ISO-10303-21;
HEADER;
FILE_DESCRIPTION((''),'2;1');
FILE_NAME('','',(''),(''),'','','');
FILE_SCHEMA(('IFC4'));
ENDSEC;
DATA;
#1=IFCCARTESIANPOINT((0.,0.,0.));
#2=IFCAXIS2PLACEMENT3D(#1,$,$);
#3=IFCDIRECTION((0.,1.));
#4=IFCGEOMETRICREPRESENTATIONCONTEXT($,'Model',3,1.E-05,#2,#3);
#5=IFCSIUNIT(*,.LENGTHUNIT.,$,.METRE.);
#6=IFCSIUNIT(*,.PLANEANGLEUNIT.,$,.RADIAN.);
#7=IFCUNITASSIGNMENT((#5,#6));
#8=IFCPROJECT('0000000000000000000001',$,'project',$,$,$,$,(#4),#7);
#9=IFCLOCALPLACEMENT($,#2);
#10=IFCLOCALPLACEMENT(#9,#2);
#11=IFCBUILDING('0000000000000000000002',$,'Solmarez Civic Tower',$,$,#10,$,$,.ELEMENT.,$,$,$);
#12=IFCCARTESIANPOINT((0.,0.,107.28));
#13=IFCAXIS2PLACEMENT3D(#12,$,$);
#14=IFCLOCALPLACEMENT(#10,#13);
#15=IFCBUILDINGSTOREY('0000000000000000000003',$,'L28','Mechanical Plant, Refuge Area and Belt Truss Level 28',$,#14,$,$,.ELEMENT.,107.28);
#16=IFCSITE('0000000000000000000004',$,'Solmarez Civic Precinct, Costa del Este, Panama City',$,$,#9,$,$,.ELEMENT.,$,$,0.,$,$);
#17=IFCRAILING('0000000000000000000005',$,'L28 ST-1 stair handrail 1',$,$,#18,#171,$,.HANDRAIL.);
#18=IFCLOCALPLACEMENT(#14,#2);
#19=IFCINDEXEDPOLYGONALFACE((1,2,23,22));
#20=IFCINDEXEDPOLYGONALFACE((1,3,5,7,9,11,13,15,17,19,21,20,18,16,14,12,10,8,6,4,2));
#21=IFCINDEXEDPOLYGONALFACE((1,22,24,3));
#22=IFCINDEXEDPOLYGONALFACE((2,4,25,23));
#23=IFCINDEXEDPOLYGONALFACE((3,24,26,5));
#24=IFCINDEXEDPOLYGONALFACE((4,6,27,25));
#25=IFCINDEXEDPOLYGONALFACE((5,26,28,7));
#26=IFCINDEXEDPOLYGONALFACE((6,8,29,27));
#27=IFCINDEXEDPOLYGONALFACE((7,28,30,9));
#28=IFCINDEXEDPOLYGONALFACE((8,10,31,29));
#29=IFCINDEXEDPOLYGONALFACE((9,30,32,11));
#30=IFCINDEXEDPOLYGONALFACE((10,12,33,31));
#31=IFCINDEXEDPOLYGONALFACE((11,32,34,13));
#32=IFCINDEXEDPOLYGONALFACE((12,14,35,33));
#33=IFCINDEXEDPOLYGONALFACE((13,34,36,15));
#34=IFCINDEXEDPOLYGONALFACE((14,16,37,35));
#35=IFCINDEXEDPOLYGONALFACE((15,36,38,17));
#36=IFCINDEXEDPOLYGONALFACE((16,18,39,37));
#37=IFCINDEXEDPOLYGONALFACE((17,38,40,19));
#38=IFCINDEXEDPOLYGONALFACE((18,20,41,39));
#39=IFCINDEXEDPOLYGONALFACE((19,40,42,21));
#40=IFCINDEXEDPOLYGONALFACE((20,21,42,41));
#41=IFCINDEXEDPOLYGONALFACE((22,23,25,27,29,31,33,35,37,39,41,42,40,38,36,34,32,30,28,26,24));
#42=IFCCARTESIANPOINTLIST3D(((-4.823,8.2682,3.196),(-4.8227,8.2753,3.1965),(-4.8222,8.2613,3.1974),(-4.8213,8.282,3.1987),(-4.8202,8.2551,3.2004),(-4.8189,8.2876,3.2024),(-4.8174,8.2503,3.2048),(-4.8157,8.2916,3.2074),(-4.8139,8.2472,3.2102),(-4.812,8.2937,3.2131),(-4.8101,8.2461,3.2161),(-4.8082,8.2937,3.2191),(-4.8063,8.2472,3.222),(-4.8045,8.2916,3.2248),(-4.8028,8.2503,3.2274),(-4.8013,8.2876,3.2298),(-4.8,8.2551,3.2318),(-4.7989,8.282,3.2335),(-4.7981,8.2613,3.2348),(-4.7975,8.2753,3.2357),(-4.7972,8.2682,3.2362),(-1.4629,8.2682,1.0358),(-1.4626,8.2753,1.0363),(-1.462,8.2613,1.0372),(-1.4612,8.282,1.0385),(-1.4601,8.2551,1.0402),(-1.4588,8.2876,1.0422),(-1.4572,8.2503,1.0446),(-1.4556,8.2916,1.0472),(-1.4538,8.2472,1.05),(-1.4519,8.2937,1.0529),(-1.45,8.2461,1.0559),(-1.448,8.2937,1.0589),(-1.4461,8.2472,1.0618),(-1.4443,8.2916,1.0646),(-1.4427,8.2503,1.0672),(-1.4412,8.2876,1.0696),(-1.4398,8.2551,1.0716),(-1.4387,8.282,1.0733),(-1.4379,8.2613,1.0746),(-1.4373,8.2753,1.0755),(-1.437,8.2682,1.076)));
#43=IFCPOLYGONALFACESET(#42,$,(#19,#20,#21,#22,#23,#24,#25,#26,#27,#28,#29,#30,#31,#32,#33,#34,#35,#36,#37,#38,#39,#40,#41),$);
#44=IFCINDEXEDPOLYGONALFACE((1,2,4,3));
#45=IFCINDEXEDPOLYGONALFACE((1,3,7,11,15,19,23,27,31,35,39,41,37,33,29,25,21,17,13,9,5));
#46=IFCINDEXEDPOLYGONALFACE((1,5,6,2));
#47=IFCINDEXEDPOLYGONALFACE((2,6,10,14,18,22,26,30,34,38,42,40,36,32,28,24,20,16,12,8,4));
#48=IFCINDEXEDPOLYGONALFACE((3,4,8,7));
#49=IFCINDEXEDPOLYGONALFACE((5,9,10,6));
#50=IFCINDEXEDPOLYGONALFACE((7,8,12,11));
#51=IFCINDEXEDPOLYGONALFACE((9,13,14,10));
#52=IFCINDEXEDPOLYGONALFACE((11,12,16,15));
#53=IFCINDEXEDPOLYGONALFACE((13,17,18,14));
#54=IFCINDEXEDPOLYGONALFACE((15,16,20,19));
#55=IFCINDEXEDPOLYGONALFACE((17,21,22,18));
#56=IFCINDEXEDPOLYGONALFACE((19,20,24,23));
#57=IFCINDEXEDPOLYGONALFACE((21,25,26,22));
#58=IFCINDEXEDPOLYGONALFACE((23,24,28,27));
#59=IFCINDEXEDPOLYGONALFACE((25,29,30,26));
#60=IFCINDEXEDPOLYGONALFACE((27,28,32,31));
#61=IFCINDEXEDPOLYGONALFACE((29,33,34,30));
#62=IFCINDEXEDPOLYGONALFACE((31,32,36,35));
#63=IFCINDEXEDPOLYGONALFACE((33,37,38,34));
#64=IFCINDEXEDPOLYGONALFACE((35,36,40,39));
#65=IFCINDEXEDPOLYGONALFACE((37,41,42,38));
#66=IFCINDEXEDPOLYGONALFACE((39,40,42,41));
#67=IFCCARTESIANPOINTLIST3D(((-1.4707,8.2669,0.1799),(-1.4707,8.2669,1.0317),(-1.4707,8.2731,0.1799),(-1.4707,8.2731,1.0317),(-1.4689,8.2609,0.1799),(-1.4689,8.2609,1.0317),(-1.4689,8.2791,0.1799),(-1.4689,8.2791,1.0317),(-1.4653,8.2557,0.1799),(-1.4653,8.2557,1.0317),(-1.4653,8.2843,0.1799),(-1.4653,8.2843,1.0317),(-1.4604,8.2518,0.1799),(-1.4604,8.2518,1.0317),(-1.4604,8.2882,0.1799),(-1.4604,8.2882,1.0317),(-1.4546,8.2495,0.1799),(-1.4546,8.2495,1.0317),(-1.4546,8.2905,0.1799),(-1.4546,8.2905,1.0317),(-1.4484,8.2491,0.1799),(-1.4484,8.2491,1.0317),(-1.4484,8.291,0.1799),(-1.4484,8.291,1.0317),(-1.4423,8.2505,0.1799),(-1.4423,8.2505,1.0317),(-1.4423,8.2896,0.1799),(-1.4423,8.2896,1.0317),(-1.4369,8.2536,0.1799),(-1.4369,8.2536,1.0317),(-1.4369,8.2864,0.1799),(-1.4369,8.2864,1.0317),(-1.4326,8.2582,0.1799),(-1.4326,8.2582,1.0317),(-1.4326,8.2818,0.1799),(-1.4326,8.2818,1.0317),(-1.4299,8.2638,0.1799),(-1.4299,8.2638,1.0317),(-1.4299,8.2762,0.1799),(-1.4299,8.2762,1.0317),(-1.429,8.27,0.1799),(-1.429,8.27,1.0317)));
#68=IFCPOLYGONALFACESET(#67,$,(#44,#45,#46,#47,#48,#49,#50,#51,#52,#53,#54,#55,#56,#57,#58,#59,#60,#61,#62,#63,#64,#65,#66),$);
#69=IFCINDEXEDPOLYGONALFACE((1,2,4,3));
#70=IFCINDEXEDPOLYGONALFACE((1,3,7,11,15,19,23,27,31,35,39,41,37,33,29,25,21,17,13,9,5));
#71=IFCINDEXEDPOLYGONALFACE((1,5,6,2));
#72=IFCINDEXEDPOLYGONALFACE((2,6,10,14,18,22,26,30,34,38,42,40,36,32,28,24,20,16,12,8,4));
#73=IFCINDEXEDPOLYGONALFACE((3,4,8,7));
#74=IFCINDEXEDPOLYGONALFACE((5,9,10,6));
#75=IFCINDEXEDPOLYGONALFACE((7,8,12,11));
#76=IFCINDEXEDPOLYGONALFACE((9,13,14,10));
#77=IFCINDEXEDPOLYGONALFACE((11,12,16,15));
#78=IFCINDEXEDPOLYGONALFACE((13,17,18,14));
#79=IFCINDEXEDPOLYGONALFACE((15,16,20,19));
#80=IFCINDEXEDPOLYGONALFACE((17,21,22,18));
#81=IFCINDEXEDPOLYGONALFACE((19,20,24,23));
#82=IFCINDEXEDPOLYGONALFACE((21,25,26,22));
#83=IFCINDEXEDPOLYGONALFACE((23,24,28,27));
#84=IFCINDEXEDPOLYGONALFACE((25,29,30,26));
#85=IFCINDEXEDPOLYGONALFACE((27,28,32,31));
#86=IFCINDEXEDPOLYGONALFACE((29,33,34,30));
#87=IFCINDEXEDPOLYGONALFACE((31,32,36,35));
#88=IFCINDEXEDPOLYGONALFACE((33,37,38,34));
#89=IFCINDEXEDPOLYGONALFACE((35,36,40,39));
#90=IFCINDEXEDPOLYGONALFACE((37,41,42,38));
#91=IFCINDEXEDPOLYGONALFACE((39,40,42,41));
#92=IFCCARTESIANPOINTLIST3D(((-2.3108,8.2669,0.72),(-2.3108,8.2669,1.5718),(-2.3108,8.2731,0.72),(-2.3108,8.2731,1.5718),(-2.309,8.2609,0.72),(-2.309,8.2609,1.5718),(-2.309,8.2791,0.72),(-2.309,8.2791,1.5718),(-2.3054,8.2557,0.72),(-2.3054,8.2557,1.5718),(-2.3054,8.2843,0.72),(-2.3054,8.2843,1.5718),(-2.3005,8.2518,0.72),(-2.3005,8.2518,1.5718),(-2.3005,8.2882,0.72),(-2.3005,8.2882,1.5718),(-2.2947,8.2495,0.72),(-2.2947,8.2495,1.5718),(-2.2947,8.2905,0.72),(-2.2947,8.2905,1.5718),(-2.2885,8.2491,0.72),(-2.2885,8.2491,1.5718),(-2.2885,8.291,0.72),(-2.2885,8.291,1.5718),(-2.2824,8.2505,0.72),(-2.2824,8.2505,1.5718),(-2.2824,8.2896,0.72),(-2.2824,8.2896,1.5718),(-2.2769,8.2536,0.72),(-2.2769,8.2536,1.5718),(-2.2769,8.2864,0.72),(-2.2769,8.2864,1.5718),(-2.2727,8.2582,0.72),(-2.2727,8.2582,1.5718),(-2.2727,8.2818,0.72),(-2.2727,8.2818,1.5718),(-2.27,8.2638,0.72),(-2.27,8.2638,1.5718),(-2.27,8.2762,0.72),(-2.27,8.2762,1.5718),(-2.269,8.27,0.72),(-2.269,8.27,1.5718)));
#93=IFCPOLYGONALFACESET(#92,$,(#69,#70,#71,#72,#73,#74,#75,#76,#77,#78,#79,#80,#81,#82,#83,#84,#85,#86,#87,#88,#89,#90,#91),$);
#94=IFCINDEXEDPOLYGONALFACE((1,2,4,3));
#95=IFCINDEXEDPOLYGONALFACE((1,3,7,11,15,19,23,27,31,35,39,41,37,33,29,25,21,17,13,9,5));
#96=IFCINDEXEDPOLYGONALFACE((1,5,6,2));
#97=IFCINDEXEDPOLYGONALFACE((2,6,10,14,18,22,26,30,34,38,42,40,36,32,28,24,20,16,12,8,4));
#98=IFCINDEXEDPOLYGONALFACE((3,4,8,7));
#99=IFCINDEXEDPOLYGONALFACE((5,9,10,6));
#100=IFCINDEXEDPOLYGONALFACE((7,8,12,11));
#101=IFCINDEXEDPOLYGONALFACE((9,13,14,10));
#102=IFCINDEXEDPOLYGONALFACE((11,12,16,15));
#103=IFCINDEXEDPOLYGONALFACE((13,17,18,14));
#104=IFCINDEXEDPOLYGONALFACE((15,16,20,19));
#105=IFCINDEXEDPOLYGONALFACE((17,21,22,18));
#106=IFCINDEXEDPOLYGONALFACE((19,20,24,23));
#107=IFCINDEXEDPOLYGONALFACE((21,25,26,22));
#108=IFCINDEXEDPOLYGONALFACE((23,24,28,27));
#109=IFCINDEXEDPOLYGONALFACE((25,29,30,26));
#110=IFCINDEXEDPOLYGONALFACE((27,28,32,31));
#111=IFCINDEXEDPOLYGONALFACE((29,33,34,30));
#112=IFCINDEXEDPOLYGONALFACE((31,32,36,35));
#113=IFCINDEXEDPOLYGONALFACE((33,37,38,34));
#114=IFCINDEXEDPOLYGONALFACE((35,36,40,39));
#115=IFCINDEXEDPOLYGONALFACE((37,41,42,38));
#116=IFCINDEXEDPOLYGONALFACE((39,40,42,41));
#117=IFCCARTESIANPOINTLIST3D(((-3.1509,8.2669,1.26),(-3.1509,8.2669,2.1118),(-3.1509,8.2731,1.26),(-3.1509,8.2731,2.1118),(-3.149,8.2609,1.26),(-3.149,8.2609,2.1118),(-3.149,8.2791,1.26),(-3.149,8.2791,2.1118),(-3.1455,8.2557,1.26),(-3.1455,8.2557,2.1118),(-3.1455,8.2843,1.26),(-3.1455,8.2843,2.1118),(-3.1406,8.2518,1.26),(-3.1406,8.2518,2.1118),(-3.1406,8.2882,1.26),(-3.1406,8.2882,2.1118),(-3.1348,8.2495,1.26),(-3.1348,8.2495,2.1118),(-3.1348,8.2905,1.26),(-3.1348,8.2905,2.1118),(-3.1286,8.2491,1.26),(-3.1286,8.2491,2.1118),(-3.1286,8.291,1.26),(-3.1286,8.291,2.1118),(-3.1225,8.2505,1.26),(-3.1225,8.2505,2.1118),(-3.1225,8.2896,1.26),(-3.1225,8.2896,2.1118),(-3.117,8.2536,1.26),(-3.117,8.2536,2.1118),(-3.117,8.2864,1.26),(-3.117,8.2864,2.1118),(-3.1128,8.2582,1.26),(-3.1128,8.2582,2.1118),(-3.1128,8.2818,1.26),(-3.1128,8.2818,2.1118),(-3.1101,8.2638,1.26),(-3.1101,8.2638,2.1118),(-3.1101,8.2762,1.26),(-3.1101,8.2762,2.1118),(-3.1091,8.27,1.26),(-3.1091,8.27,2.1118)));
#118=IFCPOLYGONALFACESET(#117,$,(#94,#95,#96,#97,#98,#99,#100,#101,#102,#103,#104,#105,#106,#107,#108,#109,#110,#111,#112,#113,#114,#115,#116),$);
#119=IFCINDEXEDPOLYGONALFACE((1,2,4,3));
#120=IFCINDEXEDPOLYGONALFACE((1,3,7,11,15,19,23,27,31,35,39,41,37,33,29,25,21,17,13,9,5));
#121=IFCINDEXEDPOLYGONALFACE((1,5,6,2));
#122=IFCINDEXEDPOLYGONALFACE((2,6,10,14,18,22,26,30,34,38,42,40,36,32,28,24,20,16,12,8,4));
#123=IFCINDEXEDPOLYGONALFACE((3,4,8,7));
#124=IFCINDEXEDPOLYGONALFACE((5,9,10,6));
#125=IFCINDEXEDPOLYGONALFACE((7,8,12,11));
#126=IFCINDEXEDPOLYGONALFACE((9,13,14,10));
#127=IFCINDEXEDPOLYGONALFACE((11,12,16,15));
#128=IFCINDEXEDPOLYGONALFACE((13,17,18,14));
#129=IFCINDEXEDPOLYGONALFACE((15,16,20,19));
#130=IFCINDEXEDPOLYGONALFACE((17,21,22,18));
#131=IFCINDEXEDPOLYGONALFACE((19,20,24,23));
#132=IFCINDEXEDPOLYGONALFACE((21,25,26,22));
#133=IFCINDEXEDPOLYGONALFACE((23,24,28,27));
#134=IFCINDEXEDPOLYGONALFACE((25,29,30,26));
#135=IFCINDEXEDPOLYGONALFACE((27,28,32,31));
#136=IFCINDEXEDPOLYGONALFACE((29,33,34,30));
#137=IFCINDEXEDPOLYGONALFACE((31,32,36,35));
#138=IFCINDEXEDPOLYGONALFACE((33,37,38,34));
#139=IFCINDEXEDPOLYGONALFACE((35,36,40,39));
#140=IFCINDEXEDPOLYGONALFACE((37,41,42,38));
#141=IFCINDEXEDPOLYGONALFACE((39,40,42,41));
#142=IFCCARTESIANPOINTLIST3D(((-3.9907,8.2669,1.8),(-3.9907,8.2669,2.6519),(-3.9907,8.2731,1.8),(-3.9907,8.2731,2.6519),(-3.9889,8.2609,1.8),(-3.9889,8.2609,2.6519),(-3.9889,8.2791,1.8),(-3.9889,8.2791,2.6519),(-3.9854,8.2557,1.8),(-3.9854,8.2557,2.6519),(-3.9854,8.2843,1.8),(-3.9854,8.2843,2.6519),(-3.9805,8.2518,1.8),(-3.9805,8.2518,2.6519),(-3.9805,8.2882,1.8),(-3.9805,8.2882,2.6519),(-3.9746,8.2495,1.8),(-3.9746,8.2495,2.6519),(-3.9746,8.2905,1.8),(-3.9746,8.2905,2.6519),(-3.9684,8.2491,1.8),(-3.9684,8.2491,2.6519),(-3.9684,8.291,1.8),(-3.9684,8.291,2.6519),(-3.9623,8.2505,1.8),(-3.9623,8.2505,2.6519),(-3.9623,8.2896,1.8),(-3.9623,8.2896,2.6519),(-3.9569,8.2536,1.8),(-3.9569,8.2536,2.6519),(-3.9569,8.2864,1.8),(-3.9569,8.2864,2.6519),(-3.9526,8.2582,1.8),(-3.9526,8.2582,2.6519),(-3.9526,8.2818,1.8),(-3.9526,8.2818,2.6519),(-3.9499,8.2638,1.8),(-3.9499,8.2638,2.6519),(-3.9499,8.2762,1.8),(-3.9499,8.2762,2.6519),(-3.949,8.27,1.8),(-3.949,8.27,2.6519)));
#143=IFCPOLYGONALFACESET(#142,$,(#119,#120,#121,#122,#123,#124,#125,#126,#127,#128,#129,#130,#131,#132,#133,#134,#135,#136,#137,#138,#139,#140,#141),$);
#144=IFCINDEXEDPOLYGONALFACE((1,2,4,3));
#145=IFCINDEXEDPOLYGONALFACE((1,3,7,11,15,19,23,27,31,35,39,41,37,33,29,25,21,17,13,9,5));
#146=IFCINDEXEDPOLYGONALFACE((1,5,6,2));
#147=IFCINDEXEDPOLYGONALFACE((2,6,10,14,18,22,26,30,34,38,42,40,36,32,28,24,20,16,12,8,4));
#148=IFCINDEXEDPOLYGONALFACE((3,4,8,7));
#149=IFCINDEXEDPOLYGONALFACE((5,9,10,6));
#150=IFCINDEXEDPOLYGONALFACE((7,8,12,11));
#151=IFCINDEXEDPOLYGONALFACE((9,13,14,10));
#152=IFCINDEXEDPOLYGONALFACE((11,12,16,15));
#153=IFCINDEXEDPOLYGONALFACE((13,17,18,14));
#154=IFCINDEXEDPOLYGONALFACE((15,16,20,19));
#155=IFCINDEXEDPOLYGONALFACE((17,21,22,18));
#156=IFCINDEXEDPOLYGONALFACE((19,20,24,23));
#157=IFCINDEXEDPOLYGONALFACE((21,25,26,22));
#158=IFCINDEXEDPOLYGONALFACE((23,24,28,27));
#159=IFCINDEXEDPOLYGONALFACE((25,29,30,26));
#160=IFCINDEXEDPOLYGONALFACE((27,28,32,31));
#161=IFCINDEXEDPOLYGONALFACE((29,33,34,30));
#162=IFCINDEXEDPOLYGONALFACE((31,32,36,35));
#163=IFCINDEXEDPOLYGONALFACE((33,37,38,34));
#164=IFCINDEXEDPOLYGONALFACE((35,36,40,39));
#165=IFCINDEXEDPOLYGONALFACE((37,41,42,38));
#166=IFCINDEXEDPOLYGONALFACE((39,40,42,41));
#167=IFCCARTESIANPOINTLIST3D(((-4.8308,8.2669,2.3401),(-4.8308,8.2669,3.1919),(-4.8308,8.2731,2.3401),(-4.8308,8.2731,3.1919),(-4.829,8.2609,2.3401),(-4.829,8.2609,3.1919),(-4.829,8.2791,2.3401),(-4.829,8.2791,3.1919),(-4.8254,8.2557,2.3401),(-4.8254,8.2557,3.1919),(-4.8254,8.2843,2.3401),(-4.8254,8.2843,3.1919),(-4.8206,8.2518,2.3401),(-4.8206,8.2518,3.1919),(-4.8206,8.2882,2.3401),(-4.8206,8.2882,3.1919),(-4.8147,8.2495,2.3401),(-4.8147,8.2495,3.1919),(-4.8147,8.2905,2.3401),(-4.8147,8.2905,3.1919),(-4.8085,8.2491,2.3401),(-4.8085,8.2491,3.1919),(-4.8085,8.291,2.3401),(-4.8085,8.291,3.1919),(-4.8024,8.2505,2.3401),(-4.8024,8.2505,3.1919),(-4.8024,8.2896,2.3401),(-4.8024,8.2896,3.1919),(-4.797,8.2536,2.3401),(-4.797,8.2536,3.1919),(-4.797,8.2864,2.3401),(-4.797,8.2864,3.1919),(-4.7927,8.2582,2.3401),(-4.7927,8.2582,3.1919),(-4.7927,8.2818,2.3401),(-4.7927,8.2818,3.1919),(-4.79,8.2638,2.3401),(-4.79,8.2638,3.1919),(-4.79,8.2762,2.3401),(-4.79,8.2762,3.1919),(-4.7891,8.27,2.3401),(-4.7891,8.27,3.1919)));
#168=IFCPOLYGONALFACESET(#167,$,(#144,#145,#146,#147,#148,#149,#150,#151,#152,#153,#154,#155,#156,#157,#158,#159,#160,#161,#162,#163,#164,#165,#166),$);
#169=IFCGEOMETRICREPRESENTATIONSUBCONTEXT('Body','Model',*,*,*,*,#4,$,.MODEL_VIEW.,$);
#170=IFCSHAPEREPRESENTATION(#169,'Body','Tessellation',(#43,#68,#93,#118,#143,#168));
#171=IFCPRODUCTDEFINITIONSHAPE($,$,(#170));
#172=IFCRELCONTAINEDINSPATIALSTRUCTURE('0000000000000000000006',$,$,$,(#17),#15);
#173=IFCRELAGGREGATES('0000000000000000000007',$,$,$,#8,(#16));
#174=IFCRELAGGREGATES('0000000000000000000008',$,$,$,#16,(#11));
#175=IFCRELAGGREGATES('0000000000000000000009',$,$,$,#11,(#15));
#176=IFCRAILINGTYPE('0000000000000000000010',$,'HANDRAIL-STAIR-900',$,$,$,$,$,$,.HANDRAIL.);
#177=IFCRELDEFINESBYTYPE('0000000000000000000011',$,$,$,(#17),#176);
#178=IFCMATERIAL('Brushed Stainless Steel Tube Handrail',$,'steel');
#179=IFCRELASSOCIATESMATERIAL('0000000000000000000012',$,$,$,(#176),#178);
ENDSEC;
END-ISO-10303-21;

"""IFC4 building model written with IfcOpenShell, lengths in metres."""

from ifc_helpers import new_model, si_unit, direction, frame, origin, origin_2d, place, context, subcontext, project, spatial, circle, extrude, material, type_object, element, save


model = new_model("IFC4")

# Units and contexts
model_context = context("Model", 3, precision=1e-05, world=origin(), true_north=direction((0.0, 1.0)))
body_context = subcontext(model_context, "Body", "Model", "MODEL_VIEW")
ifc_project = project(units=[si_unit("LENGTHUNIT", "METRE"), si_unit("PLANEANGLEUNIT", "RADIAN")], contexts=[model_context])

# Site, building, storey
site_placement = place(None, origin())
site = spatial("IfcSite", under=ifc_project, at=site_placement, Name="Solmarez Civic Precinct, Costa del Este, Panama City", CompositionType="ELEMENT", RefElevation=0.0)
building_placement = place(site_placement, origin())
building = spatial("IfcBuilding", under=site, at=building_placement, Name="Solmarez Civic Tower", CompositionType="ELEMENT")
storey_placement = place(building_placement, frame((0.0, 0.0, 107.28)))
storey = spatial("IfcBuildingStorey", under=building, at=storey_placement, Name="L28", Description="Mechanical Plant, Refuge Area and Belt Truss Level 28", CompositionType="ELEMENT", Elevation=107.28)

# Railing
ifc_material_1 = material(Name="Brushed Stainless Steel Tube Handrail", Category="steel")
railing_type_1 = type_object("IfcRailingType", Name="HANDRAIL-STAIR-900", PredefinedType="HANDRAIL", material=ifc_material_1)
railing_1_placement = place(storey_placement, frame((-1.45, 8.27, 0.1799)))
element("IfcRailing", 1, at=railing_1_placement, inside=storey, type_object=railing_type_1, Name="L28 ST-1 stair handrail 1", PredefinedType="HANDRAIL", context=body_context, shape_type="SweptSolid", body=[
    extrude(circle(Radius=0.0239, at=origin_2d()), frame((0.0, 0.0, 0.876), z_axis=(-0.841169, 0.0, 0.540773), x_axis=(0.0, -1.0, 0.0)), (0.0, 0.0, 1.0), 3.9946),
    extrude(circle(Radius=0.021, at=origin_2d()), origin(), (0.0, 0.0, 1.0), 0.8518),
    extrude(circle(Radius=0.021, at=origin_2d()), frame((-0.8401, 0.0, 0.54)), (0.0, 0.0, 1.0), 0.8518),
    extrude(circle(Radius=0.021, at=origin_2d()), frame((-1.6802, 0.0, 1.0801)), (0.0, 0.0, 1.0), 0.8518),
    extrude(circle(Radius=0.021, at=origin_2d()), frame((-2.52, 0.0, 1.6201)), (0.0, 0.0, 1.0), 0.8518),
    extrude(circle(Radius=0.021, at=origin_2d()), frame((-3.3601, 0.0, 2.1602)), (0.0, 0.0, 1.0), 0.8518),
])

save(model, "model.ifc")
